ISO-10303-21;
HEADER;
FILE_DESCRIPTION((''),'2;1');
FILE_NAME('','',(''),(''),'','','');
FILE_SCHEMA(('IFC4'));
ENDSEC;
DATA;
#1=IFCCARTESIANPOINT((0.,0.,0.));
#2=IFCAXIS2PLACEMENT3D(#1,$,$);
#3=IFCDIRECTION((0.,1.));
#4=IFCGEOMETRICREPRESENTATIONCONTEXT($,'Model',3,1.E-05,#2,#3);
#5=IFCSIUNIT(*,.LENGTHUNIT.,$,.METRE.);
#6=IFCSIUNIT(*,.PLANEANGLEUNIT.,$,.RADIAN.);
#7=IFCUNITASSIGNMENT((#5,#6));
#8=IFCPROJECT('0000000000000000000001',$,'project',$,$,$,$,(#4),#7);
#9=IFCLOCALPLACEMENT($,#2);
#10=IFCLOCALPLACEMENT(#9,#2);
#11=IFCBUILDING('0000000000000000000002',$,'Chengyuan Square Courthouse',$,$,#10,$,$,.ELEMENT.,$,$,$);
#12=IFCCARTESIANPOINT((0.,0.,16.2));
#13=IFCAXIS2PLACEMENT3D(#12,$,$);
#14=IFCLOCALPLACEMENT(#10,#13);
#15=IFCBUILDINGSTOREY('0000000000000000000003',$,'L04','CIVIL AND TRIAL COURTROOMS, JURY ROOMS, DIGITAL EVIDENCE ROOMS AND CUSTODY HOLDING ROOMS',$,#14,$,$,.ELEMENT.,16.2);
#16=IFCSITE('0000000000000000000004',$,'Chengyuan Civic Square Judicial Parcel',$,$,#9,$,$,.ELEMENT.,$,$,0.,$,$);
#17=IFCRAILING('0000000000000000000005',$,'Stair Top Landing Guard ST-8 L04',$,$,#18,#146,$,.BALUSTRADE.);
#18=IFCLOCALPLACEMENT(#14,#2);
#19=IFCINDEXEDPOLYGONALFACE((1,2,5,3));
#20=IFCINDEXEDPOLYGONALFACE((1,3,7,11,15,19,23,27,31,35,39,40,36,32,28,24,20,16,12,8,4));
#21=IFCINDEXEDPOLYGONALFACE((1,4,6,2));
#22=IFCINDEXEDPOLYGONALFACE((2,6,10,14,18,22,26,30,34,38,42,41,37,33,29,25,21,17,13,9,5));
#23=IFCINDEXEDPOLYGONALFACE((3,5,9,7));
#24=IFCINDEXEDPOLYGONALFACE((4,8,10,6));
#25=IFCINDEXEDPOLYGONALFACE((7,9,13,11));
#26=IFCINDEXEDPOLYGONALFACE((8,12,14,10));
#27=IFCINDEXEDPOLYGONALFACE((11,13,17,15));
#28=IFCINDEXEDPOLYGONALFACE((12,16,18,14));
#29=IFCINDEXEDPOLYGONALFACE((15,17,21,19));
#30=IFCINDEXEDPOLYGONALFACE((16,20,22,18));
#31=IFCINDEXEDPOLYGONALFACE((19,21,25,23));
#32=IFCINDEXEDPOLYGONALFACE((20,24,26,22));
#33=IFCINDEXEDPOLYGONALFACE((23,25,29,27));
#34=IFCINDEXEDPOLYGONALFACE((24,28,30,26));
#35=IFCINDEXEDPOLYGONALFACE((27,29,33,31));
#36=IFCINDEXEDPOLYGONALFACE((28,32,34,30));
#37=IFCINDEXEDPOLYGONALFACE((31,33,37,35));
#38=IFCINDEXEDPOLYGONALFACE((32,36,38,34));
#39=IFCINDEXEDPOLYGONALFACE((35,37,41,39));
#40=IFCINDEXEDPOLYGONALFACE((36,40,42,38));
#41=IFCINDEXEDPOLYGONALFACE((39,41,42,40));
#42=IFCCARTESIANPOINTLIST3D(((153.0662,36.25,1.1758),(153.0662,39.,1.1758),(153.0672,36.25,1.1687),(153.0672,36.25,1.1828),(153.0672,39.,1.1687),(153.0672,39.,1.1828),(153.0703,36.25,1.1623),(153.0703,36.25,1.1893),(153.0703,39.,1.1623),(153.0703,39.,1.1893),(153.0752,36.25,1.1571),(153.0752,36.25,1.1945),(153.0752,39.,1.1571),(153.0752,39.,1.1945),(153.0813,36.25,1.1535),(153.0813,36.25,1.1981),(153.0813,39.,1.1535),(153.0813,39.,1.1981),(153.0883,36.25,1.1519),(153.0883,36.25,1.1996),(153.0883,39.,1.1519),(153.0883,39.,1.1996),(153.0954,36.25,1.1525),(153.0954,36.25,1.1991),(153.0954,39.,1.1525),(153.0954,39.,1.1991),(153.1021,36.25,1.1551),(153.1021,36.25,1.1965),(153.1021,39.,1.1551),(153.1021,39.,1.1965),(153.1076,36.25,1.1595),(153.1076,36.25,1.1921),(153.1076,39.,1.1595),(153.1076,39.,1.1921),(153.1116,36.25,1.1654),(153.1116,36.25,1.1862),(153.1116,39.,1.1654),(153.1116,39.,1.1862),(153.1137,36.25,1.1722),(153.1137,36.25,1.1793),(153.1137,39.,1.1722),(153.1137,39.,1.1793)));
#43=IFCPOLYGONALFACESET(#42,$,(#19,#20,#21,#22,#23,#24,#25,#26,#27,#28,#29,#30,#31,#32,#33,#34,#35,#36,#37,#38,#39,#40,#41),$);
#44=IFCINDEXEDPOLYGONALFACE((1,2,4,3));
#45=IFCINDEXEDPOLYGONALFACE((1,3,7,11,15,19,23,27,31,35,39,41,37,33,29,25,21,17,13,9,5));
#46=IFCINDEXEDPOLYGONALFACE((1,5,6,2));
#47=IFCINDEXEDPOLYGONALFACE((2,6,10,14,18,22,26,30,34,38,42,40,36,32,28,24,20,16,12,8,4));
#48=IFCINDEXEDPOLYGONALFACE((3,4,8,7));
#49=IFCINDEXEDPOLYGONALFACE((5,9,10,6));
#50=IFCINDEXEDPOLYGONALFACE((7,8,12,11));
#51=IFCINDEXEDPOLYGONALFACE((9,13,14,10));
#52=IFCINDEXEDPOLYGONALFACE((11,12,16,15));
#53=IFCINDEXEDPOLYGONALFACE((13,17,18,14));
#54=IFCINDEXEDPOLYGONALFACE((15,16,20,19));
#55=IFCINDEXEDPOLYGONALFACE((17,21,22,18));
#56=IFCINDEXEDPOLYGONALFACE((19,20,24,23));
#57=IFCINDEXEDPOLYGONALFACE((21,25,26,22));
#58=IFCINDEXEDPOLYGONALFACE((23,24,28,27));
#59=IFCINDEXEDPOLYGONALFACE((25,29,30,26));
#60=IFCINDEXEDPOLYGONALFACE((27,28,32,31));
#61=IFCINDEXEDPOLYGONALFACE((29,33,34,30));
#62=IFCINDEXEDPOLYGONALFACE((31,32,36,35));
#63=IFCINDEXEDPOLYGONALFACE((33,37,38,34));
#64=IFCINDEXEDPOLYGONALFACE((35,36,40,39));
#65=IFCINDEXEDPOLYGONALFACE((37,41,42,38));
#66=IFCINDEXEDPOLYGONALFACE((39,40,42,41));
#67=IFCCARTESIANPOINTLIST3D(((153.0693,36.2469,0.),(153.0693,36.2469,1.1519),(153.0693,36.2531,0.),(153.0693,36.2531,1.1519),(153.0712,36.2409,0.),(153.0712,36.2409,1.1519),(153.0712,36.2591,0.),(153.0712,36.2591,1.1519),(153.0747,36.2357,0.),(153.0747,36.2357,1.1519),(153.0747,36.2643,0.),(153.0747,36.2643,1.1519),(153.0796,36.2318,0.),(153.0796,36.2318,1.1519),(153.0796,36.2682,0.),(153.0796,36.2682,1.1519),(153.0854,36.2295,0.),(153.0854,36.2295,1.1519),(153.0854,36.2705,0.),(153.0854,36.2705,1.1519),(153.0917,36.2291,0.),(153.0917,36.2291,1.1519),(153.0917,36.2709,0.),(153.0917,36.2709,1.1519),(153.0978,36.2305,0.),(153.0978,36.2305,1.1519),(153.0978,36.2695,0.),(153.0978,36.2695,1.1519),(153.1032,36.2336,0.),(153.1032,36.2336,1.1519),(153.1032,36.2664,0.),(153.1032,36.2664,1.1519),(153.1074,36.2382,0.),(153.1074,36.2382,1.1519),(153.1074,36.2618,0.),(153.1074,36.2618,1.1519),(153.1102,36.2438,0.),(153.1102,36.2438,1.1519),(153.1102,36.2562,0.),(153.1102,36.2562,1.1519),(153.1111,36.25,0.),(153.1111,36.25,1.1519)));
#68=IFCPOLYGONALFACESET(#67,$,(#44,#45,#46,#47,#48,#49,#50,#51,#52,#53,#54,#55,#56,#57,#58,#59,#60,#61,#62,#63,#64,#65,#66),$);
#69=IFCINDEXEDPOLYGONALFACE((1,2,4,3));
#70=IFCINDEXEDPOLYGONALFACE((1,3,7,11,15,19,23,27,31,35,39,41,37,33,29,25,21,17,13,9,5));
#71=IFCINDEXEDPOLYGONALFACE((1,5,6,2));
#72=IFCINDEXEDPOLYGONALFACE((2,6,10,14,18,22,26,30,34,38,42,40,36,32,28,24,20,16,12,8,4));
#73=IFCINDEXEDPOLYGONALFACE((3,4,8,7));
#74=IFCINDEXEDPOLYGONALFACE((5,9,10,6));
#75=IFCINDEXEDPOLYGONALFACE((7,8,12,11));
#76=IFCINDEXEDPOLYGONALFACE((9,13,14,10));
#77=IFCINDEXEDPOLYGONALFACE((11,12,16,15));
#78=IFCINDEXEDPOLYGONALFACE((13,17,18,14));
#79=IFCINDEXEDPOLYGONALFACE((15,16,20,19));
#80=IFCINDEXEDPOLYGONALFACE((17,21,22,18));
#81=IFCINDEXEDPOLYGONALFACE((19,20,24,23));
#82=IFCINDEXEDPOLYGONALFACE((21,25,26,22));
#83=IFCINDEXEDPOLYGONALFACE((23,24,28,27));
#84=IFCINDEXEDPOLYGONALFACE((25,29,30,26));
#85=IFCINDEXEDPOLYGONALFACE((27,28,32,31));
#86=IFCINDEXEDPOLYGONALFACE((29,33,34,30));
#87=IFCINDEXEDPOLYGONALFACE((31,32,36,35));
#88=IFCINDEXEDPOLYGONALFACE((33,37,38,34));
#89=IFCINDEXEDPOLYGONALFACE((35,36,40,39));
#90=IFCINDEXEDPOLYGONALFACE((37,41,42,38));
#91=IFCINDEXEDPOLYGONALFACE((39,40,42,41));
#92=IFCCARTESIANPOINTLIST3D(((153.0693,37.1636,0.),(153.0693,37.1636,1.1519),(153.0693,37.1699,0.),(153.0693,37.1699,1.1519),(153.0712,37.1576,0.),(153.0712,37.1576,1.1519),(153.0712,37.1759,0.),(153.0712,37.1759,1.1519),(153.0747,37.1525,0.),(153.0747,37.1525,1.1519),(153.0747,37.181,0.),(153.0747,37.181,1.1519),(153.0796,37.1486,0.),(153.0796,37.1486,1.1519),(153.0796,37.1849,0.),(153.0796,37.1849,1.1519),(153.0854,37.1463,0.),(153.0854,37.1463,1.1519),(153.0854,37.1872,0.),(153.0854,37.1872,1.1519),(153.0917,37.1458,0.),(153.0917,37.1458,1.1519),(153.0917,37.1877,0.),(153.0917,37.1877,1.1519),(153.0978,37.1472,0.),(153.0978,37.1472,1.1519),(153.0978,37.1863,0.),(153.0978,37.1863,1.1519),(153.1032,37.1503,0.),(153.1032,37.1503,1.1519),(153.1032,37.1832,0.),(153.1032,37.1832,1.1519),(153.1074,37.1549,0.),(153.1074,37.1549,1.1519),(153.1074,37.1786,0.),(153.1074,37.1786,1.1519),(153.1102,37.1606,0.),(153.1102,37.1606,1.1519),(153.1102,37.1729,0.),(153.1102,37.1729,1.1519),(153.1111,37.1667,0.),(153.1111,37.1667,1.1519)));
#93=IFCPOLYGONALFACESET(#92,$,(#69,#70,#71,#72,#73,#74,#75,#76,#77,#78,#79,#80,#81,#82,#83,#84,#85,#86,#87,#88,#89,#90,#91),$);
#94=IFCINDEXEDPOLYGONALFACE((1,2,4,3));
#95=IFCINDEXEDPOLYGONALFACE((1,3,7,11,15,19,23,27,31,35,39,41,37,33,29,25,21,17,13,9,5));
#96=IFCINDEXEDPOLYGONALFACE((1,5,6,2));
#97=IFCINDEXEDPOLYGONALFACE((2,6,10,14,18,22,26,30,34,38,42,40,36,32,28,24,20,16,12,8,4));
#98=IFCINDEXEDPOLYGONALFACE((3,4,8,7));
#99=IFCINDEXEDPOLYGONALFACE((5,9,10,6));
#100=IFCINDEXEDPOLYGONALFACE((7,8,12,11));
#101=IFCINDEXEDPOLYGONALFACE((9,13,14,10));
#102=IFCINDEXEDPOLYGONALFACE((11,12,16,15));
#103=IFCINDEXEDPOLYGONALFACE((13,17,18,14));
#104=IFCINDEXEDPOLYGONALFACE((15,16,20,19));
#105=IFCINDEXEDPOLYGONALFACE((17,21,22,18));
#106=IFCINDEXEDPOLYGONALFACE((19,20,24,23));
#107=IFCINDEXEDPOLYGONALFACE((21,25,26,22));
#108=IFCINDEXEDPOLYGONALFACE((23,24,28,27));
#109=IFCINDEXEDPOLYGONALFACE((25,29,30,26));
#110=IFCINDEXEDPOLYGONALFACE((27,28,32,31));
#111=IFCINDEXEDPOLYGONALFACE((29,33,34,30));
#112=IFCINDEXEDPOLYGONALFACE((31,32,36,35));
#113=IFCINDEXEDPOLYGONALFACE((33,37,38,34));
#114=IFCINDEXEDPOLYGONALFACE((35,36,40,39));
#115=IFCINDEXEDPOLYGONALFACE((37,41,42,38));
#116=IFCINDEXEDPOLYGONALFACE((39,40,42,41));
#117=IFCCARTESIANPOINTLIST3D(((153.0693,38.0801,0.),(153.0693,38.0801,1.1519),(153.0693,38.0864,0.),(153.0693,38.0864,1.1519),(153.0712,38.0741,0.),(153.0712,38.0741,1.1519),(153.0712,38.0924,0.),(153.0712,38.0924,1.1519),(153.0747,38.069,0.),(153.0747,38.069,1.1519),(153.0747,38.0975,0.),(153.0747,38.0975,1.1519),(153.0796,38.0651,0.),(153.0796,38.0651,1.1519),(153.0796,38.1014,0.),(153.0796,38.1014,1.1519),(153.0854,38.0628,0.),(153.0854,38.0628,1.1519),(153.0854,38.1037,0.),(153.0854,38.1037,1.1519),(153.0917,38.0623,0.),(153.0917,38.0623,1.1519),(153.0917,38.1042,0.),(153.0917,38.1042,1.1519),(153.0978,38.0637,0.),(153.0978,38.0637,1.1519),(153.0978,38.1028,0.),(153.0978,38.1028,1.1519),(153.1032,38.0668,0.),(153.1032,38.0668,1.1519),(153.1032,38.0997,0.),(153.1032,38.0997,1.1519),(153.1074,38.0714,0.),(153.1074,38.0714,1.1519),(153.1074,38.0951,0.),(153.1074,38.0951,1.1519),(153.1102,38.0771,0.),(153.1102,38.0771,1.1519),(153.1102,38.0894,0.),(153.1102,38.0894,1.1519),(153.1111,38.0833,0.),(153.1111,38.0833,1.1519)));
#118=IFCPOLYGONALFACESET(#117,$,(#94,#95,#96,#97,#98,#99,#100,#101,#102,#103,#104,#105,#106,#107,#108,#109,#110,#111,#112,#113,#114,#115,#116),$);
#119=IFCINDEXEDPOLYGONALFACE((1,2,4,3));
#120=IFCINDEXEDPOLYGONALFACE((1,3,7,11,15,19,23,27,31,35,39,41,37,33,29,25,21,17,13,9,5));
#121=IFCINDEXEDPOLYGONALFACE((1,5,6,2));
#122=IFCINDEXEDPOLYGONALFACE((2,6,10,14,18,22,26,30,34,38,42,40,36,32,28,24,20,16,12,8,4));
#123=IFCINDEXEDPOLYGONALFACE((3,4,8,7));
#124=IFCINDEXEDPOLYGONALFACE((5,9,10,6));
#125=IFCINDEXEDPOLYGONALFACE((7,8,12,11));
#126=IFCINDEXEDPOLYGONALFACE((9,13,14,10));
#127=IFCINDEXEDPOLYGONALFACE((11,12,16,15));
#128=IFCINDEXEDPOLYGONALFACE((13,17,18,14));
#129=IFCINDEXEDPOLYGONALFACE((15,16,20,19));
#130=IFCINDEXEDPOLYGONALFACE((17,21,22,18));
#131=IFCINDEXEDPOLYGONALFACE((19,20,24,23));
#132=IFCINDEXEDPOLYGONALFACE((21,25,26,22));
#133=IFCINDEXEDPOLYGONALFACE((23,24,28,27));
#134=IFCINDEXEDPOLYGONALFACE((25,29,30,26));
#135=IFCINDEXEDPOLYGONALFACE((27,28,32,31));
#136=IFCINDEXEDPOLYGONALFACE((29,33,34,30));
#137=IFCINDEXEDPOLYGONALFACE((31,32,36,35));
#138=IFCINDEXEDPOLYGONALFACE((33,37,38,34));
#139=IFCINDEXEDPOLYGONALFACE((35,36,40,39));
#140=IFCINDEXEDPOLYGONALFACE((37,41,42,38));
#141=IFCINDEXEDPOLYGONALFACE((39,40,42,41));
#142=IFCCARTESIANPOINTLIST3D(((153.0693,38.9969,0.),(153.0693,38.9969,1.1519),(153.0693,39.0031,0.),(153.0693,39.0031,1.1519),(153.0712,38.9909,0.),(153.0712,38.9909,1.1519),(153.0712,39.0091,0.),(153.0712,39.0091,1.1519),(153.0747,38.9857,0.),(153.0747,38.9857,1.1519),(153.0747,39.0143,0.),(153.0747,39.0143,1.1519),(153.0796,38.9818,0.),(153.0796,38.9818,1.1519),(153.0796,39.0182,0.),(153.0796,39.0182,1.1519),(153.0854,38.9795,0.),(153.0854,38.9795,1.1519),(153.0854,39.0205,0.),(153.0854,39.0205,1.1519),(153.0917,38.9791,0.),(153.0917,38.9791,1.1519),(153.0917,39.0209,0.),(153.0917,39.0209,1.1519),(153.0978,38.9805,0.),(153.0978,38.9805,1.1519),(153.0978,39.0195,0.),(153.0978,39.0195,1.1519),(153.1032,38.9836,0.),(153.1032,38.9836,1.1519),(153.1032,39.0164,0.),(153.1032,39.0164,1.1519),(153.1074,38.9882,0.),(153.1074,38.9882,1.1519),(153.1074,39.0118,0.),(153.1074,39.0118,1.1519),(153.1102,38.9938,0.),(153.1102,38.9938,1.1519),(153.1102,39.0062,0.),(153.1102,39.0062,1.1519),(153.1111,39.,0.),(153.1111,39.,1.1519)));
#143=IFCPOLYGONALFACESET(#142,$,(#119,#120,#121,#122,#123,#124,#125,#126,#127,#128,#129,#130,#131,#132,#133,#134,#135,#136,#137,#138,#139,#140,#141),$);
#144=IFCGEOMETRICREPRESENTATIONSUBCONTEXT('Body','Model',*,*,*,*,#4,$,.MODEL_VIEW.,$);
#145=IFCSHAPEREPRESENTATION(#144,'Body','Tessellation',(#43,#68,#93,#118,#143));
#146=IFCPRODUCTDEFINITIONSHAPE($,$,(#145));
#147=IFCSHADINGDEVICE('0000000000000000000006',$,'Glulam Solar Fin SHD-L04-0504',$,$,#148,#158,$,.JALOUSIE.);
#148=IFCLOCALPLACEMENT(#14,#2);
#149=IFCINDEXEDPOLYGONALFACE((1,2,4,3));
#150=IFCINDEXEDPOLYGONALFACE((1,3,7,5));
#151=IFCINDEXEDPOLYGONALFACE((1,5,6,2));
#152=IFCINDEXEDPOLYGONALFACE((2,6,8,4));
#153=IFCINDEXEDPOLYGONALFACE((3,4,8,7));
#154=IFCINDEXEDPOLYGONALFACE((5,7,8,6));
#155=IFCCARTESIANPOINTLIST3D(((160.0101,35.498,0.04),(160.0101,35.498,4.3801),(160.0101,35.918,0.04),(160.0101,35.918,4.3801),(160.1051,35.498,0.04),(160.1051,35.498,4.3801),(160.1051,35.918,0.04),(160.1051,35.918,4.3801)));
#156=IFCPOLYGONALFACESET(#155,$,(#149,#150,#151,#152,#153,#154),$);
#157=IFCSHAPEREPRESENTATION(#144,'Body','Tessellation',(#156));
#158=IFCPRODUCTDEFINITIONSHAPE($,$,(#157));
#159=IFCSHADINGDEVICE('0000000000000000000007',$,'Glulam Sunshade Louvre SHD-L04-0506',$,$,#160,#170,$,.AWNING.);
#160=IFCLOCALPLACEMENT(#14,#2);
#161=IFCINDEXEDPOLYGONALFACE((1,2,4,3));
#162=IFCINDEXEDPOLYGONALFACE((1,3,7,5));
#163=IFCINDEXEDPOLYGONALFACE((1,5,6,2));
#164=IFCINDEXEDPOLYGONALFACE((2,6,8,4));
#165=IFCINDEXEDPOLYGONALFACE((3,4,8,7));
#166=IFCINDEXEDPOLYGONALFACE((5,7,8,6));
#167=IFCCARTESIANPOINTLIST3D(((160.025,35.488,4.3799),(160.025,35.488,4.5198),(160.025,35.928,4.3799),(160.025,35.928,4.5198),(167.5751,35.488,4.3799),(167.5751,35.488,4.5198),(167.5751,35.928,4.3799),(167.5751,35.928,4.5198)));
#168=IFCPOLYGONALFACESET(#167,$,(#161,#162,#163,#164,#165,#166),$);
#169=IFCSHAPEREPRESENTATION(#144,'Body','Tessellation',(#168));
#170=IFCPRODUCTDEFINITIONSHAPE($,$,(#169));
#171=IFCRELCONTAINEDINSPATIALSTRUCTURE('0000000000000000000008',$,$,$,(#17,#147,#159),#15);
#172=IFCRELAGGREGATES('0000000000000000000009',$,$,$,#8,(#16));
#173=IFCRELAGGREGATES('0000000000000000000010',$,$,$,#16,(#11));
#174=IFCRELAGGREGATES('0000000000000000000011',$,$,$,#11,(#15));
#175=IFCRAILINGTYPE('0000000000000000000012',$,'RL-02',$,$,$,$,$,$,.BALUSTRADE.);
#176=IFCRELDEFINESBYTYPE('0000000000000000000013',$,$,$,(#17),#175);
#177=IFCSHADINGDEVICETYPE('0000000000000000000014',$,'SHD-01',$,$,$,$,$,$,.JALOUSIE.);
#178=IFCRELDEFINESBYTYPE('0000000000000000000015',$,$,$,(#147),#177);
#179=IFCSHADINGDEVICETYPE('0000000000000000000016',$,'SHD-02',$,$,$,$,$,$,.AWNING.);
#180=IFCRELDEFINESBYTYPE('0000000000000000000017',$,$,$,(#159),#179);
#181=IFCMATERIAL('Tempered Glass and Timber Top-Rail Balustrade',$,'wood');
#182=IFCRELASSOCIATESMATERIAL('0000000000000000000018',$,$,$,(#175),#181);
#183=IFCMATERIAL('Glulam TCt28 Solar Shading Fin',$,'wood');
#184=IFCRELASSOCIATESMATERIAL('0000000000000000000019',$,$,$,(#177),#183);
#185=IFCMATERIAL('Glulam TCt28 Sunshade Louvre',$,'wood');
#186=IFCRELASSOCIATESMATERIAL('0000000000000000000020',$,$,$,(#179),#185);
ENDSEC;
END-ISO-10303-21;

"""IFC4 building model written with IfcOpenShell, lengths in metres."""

from ifc_helpers import new_model, si_unit, direction, frame, origin, origin_2d, place, context, subcontext, project, spatial, rectangle, circle, extrude, material, type_object, element, save


model = new_model("IFC4")

# Units and contexts
model_context = context("Model", 3, precision=1e-05, world=origin(), true_north=direction((0.0, 1.0)))
body_context = subcontext(model_context, "Body", "Model", "MODEL_VIEW")
ifc_project = project(units=[si_unit("LENGTHUNIT", "METRE"), si_unit("PLANEANGLEUNIT", "RADIAN")], contexts=[model_context])

# Site, building, storey
site_placement = place(None, origin())
site = spatial("IfcSite", under=ifc_project, at=site_placement, Name="Chengyuan Civic Square Judicial Parcel", CompositionType="ELEMENT", RefElevation=0.0)
building_placement = place(site_placement, origin())
building = spatial("IfcBuilding", under=site, at=building_placement, Name="Chengyuan Square Courthouse", CompositionType="ELEMENT")
storey_placement = place(building_placement, frame((0.0, 0.0, 16.2)))
storey = spatial("IfcBuildingStorey", under=building, at=storey_placement, Name="L04", Description="CIVIL AND TRIAL COURTROOMS, JURY ROOMS, DIGITAL EVIDENCE ROOMS AND CUSTODY HOLDING ROOMS", CompositionType="ELEMENT", Elevation=16.2)

# Railing
ifc_material_1 = material(Name="Tempered Glass and Timber Top-Rail Balustrade", Category="wood")
railing_type = type_object("IfcRailingType", Name="RL-02", PredefinedType="BALUSTRADE", material=ifc_material_1)
railing_placement = place(storey_placement, frame((153.0901, 36.25, 0.0)))
element("IfcRailing", 1, at=railing_placement, inside=storey, type_object=railing_type, Name="Stair Top Landing Guard ST-8 L04", PredefinedType="BALUSTRADE", context=body_context, shape_type="SweptSolid", body=[
    extrude(circle(Radius=0.0239, at=origin_2d()), frame((0.0, 0.0, 1.1758), z_axis=(0.0, 1.0, 0.0), x_axis=(-1.0, 0.0, 0.0)), (0.0, 0.0, 1.0), 2.75),
    extrude(circle(Radius=0.021, at=origin_2d()), origin(), (0.0, 0.0, 1.0), 1.1519),
    extrude(circle(Radius=0.021, at=origin_2d()), frame((0.0, 0.9167, 0.0)), (0.0, 0.0, 1.0), 1.1519),
    extrude(circle(Radius=0.021, at=origin_2d()), frame((0.0, 1.8333, 0.0)), (0.0, 0.0, 1.0), 1.1519),
    extrude(circle(Radius=0.021, at=origin_2d()), frame((0.0, 2.75, 0.0)), (0.0, 0.0, 1.0), 1.1519),
])

# Shading devices
ifc_material_2 = material(Name="Glulam TCt28 Solar Shading Fin", Category="wood")
shading_device_type_1 = type_object("IfcShadingDeviceType", Name="SHD-01", PredefinedType="JALOUSIE", material=ifc_material_2)
shading_device_1_placement = place(storey_placement, frame((160.0576, 35.708, 0.04), z_axis=(0.0, 0.0, 1.0), x_axis=(0.0, 1.0, 0.0)))
element("IfcShadingDevice", 2, at=shading_device_1_placement, inside=storey, type_object=shading_device_type_1, Name="Glulam Solar Fin SHD-L04-0504", PredefinedType="JALOUSIE", context=body_context, shape_type="SweptSolid", body=[
    extrude(rectangle(XDim=0.4199, YDim=0.095, at=origin_2d()), origin(), (0.0, 0.0, 1.0), 4.3401),
])
ifc_material_3 = material(Name="Glulam TCt28 Sunshade Louvre", Category="wood")
shading_device_type_2 = type_object("IfcShadingDeviceType", Name="SHD-02", PredefinedType="AWNING", material=ifc_material_3)
shading_device_2_placement = place(storey_placement, frame((163.8, 35.708, 4.3799), z_axis=(0.0, 0.0, 1.0), x_axis=(1.0, 0.0, 0.0)))
element("IfcShadingDevice", 3, at=shading_device_2_placement, inside=storey, type_object=shading_device_type_2, Name="Glulam Sunshade Louvre SHD-L04-0506", PredefinedType="AWNING", context=body_context, shape_type="SweptSolid", body=[
    extrude(rectangle(XDim=7.55, YDim=0.4399, at=origin_2d()), origin(), (0.0, 0.0, 1.0), 0.1399),
])

save(model, "model.ifc")
